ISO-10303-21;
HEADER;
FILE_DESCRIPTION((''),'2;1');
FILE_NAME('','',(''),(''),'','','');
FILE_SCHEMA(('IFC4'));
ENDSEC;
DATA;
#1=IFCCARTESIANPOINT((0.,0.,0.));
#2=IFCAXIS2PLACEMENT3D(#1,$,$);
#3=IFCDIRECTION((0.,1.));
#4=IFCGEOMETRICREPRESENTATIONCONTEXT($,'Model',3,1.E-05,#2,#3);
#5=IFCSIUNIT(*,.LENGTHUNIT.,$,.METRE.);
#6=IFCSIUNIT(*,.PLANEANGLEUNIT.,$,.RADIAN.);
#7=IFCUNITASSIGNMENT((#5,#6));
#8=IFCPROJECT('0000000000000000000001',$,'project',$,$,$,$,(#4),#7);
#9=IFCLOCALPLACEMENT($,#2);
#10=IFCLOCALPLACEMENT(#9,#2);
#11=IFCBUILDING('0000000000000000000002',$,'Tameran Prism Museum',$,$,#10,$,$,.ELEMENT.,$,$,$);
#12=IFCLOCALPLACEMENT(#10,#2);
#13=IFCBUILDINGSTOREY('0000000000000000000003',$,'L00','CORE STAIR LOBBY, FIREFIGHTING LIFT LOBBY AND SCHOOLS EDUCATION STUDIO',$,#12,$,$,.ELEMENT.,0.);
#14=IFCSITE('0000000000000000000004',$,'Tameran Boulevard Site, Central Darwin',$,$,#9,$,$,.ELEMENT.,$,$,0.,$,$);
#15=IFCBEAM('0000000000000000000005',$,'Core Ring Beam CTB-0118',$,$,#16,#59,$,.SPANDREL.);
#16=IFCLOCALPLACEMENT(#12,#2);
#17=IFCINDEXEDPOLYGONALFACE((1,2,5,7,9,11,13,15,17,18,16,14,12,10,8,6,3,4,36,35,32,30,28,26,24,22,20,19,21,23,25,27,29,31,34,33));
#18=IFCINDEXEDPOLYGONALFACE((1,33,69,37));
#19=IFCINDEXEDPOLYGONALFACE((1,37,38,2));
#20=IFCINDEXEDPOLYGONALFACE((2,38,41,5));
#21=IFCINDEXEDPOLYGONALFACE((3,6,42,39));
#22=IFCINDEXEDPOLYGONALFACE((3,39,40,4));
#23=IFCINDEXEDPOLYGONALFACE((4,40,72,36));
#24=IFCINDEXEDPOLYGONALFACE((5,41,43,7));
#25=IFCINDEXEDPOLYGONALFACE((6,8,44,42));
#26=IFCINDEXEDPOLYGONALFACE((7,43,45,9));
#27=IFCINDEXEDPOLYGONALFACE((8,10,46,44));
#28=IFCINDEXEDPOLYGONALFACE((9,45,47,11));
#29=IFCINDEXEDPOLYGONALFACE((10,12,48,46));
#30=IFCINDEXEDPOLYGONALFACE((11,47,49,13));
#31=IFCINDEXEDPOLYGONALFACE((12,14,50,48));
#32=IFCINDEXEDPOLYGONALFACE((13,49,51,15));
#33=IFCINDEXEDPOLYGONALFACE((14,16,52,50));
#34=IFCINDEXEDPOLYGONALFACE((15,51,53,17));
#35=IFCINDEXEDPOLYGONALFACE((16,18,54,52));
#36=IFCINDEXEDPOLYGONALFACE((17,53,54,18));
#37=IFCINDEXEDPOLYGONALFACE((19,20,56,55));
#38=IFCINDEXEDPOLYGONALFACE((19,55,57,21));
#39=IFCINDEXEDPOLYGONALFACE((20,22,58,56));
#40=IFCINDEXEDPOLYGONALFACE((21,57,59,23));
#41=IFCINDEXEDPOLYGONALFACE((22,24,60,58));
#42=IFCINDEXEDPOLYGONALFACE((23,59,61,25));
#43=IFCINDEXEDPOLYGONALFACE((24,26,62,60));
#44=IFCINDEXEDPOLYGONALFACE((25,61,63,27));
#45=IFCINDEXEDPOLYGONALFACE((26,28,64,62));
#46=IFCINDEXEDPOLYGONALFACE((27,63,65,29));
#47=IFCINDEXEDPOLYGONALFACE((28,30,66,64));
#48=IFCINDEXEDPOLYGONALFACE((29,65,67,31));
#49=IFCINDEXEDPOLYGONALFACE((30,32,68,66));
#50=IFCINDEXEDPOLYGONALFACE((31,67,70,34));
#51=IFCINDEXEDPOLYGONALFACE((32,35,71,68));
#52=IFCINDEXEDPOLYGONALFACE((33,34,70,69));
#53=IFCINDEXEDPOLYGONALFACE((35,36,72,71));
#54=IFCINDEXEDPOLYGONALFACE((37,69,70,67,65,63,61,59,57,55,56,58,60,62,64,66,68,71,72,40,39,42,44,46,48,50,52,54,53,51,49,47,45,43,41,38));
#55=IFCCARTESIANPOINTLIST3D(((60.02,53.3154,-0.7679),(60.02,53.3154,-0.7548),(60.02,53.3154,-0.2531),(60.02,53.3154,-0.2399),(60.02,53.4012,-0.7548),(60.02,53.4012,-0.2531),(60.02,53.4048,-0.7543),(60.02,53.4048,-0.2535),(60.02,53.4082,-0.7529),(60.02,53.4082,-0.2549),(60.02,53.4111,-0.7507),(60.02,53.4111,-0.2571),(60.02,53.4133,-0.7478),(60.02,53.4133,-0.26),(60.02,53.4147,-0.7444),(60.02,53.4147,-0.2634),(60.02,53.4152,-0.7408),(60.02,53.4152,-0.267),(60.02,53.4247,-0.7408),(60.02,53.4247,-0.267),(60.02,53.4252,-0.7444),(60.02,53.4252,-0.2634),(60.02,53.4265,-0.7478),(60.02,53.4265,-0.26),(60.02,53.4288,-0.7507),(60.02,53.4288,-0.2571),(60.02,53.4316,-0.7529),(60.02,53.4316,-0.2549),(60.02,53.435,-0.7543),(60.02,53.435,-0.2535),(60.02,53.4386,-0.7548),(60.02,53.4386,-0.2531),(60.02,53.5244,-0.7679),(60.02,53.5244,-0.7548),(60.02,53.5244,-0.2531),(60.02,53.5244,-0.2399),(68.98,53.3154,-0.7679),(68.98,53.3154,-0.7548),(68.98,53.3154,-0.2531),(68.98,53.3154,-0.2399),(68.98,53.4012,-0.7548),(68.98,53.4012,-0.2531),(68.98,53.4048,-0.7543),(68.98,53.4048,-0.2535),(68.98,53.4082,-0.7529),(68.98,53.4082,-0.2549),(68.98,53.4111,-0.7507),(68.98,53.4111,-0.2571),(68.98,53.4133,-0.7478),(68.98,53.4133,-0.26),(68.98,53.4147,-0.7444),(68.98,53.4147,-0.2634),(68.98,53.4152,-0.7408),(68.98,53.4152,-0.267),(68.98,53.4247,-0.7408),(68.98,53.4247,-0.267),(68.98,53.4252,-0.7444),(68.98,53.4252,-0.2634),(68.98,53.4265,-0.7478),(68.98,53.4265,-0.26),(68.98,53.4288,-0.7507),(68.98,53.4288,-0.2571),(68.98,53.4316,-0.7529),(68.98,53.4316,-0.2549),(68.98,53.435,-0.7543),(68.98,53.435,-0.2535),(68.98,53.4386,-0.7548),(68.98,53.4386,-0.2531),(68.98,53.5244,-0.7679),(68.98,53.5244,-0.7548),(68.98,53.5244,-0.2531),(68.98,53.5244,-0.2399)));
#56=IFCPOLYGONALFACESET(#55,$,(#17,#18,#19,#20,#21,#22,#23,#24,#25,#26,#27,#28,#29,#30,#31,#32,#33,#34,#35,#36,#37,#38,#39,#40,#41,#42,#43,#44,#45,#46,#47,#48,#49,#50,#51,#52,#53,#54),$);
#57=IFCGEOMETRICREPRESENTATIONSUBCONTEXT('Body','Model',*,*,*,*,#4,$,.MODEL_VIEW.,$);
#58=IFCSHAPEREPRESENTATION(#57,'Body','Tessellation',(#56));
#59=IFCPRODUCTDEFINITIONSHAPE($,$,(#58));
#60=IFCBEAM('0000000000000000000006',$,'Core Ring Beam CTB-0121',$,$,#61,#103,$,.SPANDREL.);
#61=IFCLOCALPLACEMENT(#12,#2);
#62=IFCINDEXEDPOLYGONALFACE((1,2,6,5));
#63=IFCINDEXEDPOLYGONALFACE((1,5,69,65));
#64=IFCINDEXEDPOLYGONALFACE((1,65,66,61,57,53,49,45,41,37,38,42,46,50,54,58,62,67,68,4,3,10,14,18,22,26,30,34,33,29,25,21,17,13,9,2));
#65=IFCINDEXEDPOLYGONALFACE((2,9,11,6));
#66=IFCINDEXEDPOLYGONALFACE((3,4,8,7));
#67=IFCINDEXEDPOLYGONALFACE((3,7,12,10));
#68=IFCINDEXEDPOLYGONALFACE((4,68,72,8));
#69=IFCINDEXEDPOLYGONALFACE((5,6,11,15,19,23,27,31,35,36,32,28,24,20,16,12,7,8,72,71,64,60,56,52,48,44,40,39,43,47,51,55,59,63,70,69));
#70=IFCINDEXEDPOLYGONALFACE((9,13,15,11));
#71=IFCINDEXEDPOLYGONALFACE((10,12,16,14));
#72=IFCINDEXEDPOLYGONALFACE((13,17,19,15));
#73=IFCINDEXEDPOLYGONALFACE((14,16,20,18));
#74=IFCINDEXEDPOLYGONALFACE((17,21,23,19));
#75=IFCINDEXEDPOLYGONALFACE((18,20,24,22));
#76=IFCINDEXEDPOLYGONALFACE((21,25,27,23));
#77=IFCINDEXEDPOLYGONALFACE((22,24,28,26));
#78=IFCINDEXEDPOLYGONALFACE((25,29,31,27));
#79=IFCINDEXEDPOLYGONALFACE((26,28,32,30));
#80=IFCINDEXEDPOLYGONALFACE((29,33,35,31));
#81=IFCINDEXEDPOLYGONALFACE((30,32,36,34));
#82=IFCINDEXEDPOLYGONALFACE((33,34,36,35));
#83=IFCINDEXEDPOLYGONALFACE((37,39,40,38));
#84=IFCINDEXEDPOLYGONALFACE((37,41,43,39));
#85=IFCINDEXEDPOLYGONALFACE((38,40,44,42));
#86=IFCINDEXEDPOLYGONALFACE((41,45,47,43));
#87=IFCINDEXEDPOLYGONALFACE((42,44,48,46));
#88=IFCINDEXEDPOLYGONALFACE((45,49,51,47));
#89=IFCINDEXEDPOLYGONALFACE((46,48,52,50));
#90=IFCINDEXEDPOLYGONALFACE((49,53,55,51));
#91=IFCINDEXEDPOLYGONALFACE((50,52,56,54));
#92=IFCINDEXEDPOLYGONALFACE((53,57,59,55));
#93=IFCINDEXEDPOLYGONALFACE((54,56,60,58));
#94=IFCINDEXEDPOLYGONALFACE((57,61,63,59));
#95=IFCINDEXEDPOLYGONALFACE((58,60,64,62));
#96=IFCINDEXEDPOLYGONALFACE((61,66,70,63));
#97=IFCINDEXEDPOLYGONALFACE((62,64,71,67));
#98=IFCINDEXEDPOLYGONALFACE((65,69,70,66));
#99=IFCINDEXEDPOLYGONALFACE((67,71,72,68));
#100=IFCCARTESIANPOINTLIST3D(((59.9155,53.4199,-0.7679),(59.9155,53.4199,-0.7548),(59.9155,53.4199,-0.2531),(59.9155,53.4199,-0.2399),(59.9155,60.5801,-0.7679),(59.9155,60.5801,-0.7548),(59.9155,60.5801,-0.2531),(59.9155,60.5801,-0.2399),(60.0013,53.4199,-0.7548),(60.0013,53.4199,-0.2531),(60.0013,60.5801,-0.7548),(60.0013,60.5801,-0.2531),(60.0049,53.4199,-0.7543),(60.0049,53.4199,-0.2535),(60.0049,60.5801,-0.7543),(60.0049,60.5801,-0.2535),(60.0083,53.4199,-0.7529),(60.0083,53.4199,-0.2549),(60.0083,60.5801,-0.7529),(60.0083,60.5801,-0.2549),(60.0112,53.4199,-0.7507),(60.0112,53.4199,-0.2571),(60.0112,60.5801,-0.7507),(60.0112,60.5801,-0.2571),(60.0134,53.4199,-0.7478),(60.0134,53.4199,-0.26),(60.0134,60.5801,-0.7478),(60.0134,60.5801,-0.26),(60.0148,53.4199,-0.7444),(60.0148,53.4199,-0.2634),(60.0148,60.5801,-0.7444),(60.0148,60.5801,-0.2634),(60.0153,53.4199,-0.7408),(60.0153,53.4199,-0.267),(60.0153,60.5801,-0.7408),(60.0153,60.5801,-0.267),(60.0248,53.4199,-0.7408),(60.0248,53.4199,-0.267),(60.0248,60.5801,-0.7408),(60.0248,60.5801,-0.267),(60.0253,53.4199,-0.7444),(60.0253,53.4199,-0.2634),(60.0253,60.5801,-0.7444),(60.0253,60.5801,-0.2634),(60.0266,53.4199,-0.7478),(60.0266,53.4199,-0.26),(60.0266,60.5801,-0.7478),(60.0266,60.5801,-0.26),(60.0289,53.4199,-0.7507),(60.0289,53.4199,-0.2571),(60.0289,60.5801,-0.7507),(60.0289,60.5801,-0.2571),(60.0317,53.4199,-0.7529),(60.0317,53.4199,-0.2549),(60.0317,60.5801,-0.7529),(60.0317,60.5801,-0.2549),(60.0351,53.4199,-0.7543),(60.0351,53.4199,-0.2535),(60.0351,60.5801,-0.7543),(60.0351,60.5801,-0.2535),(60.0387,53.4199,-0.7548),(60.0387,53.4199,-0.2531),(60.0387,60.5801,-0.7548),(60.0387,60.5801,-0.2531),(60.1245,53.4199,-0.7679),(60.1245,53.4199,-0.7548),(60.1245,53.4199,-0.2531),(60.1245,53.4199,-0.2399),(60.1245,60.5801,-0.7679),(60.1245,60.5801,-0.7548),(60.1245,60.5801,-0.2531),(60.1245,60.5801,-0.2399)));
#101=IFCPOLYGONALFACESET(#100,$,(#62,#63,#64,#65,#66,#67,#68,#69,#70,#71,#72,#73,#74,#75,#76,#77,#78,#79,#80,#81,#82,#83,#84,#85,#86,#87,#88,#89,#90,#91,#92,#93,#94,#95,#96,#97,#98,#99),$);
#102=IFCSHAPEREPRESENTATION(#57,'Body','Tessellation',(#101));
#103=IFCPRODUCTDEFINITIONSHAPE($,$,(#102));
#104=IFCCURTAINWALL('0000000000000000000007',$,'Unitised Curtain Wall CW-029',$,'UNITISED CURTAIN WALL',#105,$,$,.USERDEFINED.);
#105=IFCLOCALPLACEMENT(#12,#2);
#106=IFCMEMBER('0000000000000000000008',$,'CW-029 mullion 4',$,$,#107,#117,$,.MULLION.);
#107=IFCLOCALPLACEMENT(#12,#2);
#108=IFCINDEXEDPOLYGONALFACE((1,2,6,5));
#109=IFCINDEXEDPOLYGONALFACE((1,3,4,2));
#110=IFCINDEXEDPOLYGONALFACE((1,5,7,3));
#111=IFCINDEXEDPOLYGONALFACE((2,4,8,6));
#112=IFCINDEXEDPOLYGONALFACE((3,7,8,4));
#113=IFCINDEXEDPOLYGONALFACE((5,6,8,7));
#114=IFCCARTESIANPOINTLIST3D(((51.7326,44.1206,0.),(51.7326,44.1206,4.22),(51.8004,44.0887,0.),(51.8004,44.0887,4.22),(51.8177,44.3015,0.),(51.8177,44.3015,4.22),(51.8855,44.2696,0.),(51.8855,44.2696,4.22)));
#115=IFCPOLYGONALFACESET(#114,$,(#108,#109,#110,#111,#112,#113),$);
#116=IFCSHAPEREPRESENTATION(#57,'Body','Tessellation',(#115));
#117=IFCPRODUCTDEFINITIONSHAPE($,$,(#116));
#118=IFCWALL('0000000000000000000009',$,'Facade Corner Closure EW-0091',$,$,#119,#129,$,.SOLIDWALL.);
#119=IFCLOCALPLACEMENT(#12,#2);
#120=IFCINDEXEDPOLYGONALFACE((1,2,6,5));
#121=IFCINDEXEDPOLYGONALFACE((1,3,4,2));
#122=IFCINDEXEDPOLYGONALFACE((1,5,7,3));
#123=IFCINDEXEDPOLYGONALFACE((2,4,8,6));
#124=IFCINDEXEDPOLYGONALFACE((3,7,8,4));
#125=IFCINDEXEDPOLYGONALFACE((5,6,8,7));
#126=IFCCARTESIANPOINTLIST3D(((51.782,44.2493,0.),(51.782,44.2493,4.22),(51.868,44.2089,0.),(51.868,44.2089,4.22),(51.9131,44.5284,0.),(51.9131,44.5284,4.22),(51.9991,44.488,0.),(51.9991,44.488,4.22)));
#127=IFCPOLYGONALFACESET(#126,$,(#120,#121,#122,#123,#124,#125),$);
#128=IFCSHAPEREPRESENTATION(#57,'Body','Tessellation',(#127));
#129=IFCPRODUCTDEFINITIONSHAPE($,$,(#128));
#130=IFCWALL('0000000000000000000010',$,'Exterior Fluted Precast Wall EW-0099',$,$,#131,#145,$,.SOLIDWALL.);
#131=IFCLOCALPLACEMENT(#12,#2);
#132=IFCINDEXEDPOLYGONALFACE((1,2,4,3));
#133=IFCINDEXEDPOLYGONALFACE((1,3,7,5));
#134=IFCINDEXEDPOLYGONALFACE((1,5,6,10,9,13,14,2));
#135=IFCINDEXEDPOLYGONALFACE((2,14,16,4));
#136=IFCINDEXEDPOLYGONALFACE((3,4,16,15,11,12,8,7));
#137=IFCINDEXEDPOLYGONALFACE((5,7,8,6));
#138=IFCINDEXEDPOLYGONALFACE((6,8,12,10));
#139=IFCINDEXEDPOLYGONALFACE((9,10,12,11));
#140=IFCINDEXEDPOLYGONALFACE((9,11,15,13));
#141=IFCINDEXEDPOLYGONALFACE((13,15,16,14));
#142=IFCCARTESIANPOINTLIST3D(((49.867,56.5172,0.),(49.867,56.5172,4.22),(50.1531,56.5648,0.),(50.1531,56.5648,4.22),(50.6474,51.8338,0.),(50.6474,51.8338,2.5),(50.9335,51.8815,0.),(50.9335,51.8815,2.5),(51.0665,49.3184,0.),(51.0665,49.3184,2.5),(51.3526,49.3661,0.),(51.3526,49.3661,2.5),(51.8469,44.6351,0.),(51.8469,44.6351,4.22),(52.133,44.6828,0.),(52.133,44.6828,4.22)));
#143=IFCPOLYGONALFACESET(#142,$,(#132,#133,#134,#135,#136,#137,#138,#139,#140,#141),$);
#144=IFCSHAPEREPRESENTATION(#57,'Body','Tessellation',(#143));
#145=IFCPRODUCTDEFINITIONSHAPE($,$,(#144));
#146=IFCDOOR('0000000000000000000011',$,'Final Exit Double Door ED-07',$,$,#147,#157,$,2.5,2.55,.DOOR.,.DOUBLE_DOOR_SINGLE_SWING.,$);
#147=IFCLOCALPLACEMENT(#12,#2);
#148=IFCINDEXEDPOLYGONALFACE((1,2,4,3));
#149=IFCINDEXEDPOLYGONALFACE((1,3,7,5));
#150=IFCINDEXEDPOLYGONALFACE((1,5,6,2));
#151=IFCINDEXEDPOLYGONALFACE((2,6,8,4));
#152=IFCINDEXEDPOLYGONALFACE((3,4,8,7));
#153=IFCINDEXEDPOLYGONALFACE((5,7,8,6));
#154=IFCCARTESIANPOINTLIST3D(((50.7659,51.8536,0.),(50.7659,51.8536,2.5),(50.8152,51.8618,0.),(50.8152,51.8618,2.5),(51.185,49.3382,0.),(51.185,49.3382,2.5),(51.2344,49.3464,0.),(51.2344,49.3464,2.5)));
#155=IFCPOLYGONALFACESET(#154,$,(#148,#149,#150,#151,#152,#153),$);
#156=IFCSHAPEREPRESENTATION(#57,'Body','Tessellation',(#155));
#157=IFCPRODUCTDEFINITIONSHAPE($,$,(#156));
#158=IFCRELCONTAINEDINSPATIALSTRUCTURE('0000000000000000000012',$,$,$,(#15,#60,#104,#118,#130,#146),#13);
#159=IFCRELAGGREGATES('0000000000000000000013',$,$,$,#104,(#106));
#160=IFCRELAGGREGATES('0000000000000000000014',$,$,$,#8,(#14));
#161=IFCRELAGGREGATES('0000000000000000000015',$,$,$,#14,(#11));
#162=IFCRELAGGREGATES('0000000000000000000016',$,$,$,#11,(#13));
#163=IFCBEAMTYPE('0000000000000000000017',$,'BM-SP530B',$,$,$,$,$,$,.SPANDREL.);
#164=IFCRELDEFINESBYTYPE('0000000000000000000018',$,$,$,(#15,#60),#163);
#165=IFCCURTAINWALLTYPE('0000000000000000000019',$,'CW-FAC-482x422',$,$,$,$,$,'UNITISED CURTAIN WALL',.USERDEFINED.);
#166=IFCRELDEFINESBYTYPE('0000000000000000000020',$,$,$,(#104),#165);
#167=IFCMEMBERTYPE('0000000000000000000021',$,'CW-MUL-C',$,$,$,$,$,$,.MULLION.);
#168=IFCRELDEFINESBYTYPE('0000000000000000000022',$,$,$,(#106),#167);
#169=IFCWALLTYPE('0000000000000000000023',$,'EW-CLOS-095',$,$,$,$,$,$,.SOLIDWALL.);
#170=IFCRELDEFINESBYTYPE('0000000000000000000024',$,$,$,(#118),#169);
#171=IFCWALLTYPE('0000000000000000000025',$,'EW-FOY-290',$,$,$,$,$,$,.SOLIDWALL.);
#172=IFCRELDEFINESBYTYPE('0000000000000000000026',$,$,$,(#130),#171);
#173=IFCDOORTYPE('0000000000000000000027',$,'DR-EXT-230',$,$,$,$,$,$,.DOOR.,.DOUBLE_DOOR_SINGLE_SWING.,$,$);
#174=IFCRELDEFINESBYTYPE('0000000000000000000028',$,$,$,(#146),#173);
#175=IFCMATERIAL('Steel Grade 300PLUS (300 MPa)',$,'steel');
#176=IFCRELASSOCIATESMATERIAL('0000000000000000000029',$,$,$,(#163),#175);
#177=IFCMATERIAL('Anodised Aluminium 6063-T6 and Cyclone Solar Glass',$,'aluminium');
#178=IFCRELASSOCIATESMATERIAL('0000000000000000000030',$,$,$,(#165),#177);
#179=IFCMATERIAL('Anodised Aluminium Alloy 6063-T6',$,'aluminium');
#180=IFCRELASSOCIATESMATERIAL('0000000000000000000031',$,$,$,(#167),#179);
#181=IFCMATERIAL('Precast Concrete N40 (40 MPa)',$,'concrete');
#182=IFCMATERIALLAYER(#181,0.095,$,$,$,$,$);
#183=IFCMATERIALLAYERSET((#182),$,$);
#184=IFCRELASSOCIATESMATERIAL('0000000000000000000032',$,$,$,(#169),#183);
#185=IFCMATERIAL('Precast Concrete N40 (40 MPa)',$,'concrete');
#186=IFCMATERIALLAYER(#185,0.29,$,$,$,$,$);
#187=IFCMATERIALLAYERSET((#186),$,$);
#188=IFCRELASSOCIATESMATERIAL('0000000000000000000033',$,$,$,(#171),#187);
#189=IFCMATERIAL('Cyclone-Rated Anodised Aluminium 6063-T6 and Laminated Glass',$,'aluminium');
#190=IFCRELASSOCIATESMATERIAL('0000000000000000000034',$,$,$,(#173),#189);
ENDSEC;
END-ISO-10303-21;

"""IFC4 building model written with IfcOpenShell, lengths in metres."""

from ifc_helpers import new_model, si_unit, direction, frame, frame_2d, origin, origin_2d, place, context, subcontext, project, spatial, rectangle, i_section, extrude, material, layer, layer_set, material_profile, profile_set, type_object, element, fill, aggregate, save


model = new_model("IFC4")

# Units and contexts
model_context = context("Model", 3, precision=1e-05, world=origin(), true_north=direction((0.0, 1.0)))
body_context = subcontext(model_context, "Body", "Model", "MODEL_VIEW")
ifc_project = project(units=[si_unit("LENGTHUNIT", "METRE"), si_unit("PLANEANGLEUNIT", "RADIAN")], contexts=[model_context])

# Site, building, storey
site_placement = place(None, origin())
site = spatial("IfcSite", under=ifc_project, at=site_placement, Name="Tameran Boulevard Site, Central Darwin", CompositionType="ELEMENT", RefElevation=0.0)
building_placement = place(site_placement, origin())
building = spatial("IfcBuilding", under=site, at=building_placement, Name="Tameran Prism Museum", CompositionType="ELEMENT")
storey_placement = place(building_placement, origin())
storey = spatial("IfcBuildingStorey", under=building, at=storey_placement, Name="L00", Description="CORE STAIR LOBBY, FIREFIGHTING LIFT LOBBY AND SCHOOLS EDUCATION STUDIO", CompositionType="ELEMENT", Elevation=0.0)

# Beams
ifc_material_1 = material(Name="Steel Grade 300PLUS (300 MPa)", Category="steel")
ifc_material_profile_1 = material_profile(ifc_material_1, i_section(OverallWidth=0.209, OverallDepth=0.5281, WebThickness=0.0095, FlangeThickness=0.0132, FilletRadius=0.0139, at=origin_2d()))
ifc_profile_set_1 = profile_set([ifc_material_profile_1])
beam_type_1 = type_object("IfcBeamType", Name="BM-SP530B", PredefinedType="SPANDREL", material=ifc_profile_set_1)
beam_1_placement = place(storey_placement, frame((60.02, 53.4199, -0.5039), z_axis=(1.0, 0.0, 0.0), x_axis=(0.0, 1.0, 0.0)))
element("IfcBeam", 1, at=beam_1_placement, inside=storey, type_object=beam_type_1, Name="Core Ring Beam CTB-0118", PredefinedType="SPANDREL", context=body_context, shape_type="SweptSolid", body=[
    extrude(i_section(OverallWidth=0.209, OverallDepth=0.5281, WebThickness=0.0095, FlangeThickness=0.0132, FilletRadius=0.0139, at=origin_2d()), origin(), (0.0, 0.0, 1.0), 8.96),
])
beam_2_placement = place(storey_placement, frame((60.02, 60.5801, -0.5039), z_axis=(0.0, -1.0, 0.0), x_axis=(1.0, 0.0, 0.0)))
element("IfcBeam", 2, at=beam_2_placement, inside=storey, type_object=beam_type_1, Name="Core Ring Beam CTB-0121", PredefinedType="SPANDREL", context=body_context, shape_type="SweptSolid", body=[
    extrude(i_section(OverallWidth=0.209, OverallDepth=0.5281, WebThickness=0.0095, FlangeThickness=0.0132, FilletRadius=0.0139, at=origin_2d()), origin(), (0.0, 0.0, 1.0), 7.1602),
])

# Curtain wall, member
ifc_material_2 = material(Name="Anodised Aluminium 6063-T6 and Cyclone Solar Glass", Category="aluminium")
curtain_wall_type = type_object("IfcCurtainWallType", Name="CW-FAC-482x422", ElementType="UNITISED CURTAIN WALL", PredefinedType="USERDEFINED", material=ifc_material_2)
curtain_wall_placement = place(storey_placement, origin())
curtain_wall = element("IfcCurtainWall", 3, at=curtain_wall_placement, inside=storey, type_object=curtain_wall_type, Name="Unitised Curtain Wall CW-029", ObjectType="UNITISED CURTAIN WALL", PredefinedType="USERDEFINED")
ifc_material_3 = material(Name="Anodised Aluminium Alloy 6063-T6", Category="aluminium")
ifc_material_profile_2 = material_profile(ifc_material_3, rectangle(XDim=0.075, YDim=0.2, at=origin_2d()))
ifc_profile_set_2 = profile_set([ifc_material_profile_2])
member_type = type_object("IfcMemberType", Name="CW-MUL-C", PredefinedType="MULLION", material=ifc_profile_set_2)
member_placement = place(storey_placement, frame((51.8091, 44.1951, 0.0), z_axis=(0.0, 0.0, 1.0), x_axis=(-0.904885, 0.425657, 0.0)))
member = element("IfcMember", 4, at=member_placement, type_object=member_type, Name="CW-029 mullion 4", PredefinedType="MULLION", context=body_context, shape_type="SweptSolid", body=[
    extrude(rectangle(XDim=0.075, YDim=0.2, at=origin_2d()), origin(), (0.0, 0.0, 1.0), 4.22),
])
aggregate(curtain_wall, [member])

# Wall
ifc_material_4 = material(Name="Precast Concrete N40 (40 MPa)", Category="concrete")
ifc_layer_1 = layer(ifc_material_4, 0.095)
ifc_layer_set_1 = layer_set([ifc_layer_1])
wall_type_1 = type_object("IfcWallType", Name="EW-CLOS-095", PredefinedType="SOLIDWALL", material=ifc_layer_set_1)
wall_1_placement = place(storey_placement, frame((51.825, 44.229, 0.0), z_axis=(0.0, 0.0, 1.0), x_axis=(0.425225, 0.905088, 0.0)))
element("IfcWall", 5, at=wall_1_placement, inside=storey, type_object=wall_type_1, Name="Facade Corner Closure EW-0091", PredefinedType="SOLIDWALL", context=body_context, shape_type="SweptSolid", body=[
    extrude(rectangle(XDim=0.3083, YDim=0.095, at=frame_2d((0.1543, 0.0))), origin(), (0.0, 0.0, 1.0), 4.22),
])

# Wall, opening, door
ifc_material_5 = material(Name="Precast Concrete N40 (40 MPa)", Category="concrete")
ifc_layer_2 = layer(ifc_material_5, 0.29)
ifc_layer_set_2 = layer_set([ifc_layer_2])
wall_type_2 = type_object("IfcWallType", Name="EW-FOY-290", PredefinedType="SOLIDWALL", material=ifc_layer_set_2)
wall_2_placement = place(storey_placement, frame((51.99, 44.6589, 0.0), z_axis=(0.0, 0.0, 1.0), x_axis=(-0.164369, 0.986399, 0.0)))
wall_2 = element("IfcWall", 6, at=wall_2_placement, inside=storey, type_object=wall_type_2, Name="Exterior Fluted Precast Wall EW-0099", PredefinedType="SOLIDWALL", context=body_context, shape_type="SweptSolid", body=[
    extrude(rectangle(XDim=12.0459, YDim=0.29, at=frame_2d((6.0229, 0.0))), origin(), (0.0, 0.0, 1.0), 4.22),
])
opening_1_placement = place(wall_2_placement, frame((4.748, 0.0, 0.0)))
opening_1 = element("IfcOpeningElement", 7, at=opening_1_placement, cuts=wall_2, PredefinedType="OPENING", context=body_context, shape_type="SweptSolid", body=[
    extrude(rectangle(XDim=2.55, YDim=2.5, at=frame_2d((1.2749, 1.25))), frame((0.0, 0.155, 0.0), z_axis=(0.0, -1.0, 0.0), x_axis=(1.0, 0.0, 0.0)), (0.0, 0.0, 1.0), 0.3101),
])
ifc_material_6 = material(Name="Cyclone-Rated Anodised Aluminium 6063-T6 and Laminated Glass", Category="aluminium")
door_type_1 = type_object("IfcDoorType", Name="DR-EXT-230", OperationType="DOUBLE_DOOR_SINGLE_SWING", PredefinedType="DOOR", material=ifc_material_6)
door_1_placement = place(opening_1_placement, origin())
door_1 = element("IfcDoor", 8, at=door_1_placement, inside=storey, type_object=door_type_1, Name="Final Exit Double Door ED-07", OperationType="DOUBLE_DOOR_SINGLE_SWING", OverallHeight=2.5, OverallWidth=2.55, PredefinedType="DOOR", context=body_context, shape_type="SweptSolid", body=[
    extrude(rectangle(XDim=2.55, YDim=2.5, at=frame_2d((1.2749, 1.25))), frame((0.0, 0.0249, 0.0), z_axis=(0.0, -1.0, 0.0), x_axis=(1.0, 0.0, 0.0)), (0.0, 0.0, 1.0), 0.05),
])
fill(opening_1, door_1)

save(model, "model.ifc")
